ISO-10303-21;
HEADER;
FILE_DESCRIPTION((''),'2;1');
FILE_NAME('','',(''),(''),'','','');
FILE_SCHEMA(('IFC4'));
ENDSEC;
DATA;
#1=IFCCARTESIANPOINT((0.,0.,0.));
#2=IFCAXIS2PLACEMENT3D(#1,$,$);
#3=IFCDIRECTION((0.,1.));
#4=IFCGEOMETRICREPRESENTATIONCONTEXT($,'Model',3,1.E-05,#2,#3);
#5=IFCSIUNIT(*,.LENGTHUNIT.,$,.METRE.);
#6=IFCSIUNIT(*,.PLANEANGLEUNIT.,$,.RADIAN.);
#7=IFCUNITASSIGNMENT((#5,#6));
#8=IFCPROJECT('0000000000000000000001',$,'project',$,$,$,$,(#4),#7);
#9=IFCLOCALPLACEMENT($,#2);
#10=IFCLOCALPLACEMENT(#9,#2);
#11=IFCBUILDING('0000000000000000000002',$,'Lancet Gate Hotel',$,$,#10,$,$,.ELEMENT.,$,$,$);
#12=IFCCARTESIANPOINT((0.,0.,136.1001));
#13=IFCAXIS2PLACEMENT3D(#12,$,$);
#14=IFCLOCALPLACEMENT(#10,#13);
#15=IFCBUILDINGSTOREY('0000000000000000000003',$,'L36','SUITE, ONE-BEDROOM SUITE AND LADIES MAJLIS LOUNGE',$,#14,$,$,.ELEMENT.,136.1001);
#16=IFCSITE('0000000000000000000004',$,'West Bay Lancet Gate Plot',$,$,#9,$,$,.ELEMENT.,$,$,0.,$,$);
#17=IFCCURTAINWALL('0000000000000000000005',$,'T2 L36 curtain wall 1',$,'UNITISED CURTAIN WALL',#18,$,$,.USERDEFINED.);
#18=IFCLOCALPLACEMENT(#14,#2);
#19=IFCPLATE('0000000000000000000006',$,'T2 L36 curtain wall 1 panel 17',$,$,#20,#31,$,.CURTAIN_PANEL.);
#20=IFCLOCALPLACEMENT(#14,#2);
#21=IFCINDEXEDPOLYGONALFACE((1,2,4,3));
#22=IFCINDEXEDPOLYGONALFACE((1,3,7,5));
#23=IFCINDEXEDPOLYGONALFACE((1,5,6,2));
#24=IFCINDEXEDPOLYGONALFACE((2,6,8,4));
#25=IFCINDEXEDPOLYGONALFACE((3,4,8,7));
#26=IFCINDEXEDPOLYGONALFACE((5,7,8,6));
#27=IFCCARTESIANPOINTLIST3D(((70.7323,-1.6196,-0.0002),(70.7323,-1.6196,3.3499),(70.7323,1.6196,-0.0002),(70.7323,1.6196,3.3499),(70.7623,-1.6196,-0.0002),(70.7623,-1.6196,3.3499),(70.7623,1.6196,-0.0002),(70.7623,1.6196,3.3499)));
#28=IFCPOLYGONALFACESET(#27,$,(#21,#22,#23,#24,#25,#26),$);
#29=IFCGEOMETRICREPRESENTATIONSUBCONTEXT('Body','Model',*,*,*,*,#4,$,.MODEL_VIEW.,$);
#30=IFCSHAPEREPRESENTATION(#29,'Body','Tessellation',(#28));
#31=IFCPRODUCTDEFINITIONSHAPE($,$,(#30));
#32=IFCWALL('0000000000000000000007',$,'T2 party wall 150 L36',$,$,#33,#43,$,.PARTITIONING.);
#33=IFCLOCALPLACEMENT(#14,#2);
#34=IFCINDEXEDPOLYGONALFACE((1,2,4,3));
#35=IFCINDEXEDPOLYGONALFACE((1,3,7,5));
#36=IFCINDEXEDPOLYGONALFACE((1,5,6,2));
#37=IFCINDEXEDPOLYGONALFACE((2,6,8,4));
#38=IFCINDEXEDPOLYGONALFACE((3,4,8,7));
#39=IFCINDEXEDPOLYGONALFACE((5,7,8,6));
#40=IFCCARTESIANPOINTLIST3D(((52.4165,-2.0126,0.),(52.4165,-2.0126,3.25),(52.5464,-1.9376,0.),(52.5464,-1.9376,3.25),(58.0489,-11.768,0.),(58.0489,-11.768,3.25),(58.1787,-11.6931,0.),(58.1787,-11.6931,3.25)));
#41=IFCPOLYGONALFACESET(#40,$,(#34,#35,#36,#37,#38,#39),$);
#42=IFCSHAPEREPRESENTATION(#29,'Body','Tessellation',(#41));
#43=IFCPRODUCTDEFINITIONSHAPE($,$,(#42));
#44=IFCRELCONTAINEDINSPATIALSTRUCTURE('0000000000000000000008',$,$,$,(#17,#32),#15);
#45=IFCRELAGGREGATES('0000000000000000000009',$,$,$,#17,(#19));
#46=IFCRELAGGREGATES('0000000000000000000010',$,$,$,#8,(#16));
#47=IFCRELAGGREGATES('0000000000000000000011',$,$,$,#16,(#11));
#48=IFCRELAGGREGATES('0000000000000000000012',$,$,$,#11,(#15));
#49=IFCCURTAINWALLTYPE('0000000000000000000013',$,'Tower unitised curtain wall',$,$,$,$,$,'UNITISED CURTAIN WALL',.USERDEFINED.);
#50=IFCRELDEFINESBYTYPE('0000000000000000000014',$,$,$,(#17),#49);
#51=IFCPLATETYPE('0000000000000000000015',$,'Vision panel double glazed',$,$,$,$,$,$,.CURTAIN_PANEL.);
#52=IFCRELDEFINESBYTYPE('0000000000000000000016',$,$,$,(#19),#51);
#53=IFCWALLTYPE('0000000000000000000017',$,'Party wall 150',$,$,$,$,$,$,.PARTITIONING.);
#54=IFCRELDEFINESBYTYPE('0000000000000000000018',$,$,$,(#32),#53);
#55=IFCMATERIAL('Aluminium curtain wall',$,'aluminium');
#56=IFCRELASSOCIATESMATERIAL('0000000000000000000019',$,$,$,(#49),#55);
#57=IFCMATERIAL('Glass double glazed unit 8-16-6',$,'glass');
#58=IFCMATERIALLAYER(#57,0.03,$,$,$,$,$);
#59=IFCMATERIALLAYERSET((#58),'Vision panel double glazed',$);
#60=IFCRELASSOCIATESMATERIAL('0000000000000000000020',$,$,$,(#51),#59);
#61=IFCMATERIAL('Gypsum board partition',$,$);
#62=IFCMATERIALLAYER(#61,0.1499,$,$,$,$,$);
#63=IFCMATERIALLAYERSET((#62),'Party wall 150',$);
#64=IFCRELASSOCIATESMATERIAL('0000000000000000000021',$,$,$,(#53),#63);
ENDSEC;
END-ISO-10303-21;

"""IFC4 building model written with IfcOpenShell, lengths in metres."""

from ifc_helpers import new_model, si_unit, direction, frame, frame_2d, origin, origin_2d, place, context, subcontext, project, spatial, rectangle, extrude, material, layer, layer_set, type_object, element, aggregate, save


model = new_model("IFC4")

# Units and contexts
model_context = context("Model", 3, precision=1e-05, world=origin(), true_north=direction((0.0, 1.0)))
body_context = subcontext(model_context, "Body", "Model", "MODEL_VIEW")
ifc_project = project(units=[si_unit("LENGTHUNIT", "METRE"), si_unit("PLANEANGLEUNIT", "RADIAN")], contexts=[model_context])

# Site, building, storey
site_placement = place(None, origin())
site = spatial("IfcSite", under=ifc_project, at=site_placement, Name="West Bay Lancet Gate Plot", CompositionType="ELEMENT", RefElevation=0.0)
building_placement = place(site_placement, origin())
building = spatial("IfcBuilding", under=site, at=building_placement, Name="Lancet Gate Hotel", CompositionType="ELEMENT")
storey_placement = place(building_placement, frame((0.0, 0.0, 136.1001)))
storey = spatial("IfcBuildingStorey", under=building, at=storey_placement, Name="L36", Description="SUITE, ONE-BEDROOM SUITE AND LADIES MAJLIS LOUNGE", CompositionType="ELEMENT", Elevation=136.1001)

# Curtain wall
ifc_material_1 = material(Name="Aluminium curtain wall", Category="aluminium")
curtain_wall_type = type_object("IfcCurtainWallType", Name="Tower unitised curtain wall", ElementType="UNITISED CURTAIN WALL", PredefinedType="USERDEFINED", material=ifc_material_1)
curtain_wall_placement = place(storey_placement, origin())
curtain_wall = element("IfcCurtainWall", 1, at=curtain_wall_placement, inside=storey, type_object=curtain_wall_type, Name="T2 L36 curtain wall 1", ObjectType="UNITISED CURTAIN WALL", PredefinedType="USERDEFINED")

# Plate
ifc_material_2 = material(Name="Glass double glazed unit 8-16-6", Category="glass")
ifc_layer_1 = layer(ifc_material_2, 0.03)
ifc_layer_set_1 = layer_set([ifc_layer_1], Name="Vision panel double glazed")
plate_type = type_object("IfcPlateType", Name="Vision panel double glazed", PredefinedType="CURTAIN_PANEL", material=ifc_layer_set_1)
plate_1_placement = place(storey_placement, frame((70.7473, 0.0, -0.0002), z_axis=(0.0, 0.0, 1.0), x_axis=(0.0, 1.0, 0.0)))
plate_1 = element("IfcPlate", 2, at=plate_1_placement, type_object=plate_type, Name="T2 L36 curtain wall 1 panel 17", PredefinedType="CURTAIN_PANEL", context=body_context, shape_type="SweptSolid", body=[
    extrude(rectangle(XDim=3.2393, YDim=0.03, at=origin_2d()), origin(), (0.0, 0.0, 1.0), 3.3501),
])
aggregate(curtain_wall, [plate_1])

# Wall
ifc_material_3 = material(Name="Gypsum board partition")
ifc_layer_2 = layer(ifc_material_3, 0.1499)
ifc_layer_set_2 = layer_set([ifc_layer_2], Name="Party wall 150")
wall_type = type_object("IfcWallType", Name="Party wall 150", PredefinedType="PARTITIONING", material=ifc_layer_set_2)
wall_placement = place(storey_placement, frame((52.4814, -1.9751, 0.0), z_axis=(0.0, 0.0, 1.0), x_axis=(0.500004, -0.866023, 0.0)))
element("IfcWall", 3, at=wall_placement, inside=storey, type_object=wall_type, Name="T2 party wall 150 L36", PredefinedType="PARTITIONING", context=body_context, shape_type="SweptSolid", body=[
    extrude(rectangle(XDim=11.2646, YDim=0.1499, at=frame_2d((5.6323, 0.0))), origin(), (0.0, 0.0, 1.0), 3.25),
])

save(model, "model.ifc")
